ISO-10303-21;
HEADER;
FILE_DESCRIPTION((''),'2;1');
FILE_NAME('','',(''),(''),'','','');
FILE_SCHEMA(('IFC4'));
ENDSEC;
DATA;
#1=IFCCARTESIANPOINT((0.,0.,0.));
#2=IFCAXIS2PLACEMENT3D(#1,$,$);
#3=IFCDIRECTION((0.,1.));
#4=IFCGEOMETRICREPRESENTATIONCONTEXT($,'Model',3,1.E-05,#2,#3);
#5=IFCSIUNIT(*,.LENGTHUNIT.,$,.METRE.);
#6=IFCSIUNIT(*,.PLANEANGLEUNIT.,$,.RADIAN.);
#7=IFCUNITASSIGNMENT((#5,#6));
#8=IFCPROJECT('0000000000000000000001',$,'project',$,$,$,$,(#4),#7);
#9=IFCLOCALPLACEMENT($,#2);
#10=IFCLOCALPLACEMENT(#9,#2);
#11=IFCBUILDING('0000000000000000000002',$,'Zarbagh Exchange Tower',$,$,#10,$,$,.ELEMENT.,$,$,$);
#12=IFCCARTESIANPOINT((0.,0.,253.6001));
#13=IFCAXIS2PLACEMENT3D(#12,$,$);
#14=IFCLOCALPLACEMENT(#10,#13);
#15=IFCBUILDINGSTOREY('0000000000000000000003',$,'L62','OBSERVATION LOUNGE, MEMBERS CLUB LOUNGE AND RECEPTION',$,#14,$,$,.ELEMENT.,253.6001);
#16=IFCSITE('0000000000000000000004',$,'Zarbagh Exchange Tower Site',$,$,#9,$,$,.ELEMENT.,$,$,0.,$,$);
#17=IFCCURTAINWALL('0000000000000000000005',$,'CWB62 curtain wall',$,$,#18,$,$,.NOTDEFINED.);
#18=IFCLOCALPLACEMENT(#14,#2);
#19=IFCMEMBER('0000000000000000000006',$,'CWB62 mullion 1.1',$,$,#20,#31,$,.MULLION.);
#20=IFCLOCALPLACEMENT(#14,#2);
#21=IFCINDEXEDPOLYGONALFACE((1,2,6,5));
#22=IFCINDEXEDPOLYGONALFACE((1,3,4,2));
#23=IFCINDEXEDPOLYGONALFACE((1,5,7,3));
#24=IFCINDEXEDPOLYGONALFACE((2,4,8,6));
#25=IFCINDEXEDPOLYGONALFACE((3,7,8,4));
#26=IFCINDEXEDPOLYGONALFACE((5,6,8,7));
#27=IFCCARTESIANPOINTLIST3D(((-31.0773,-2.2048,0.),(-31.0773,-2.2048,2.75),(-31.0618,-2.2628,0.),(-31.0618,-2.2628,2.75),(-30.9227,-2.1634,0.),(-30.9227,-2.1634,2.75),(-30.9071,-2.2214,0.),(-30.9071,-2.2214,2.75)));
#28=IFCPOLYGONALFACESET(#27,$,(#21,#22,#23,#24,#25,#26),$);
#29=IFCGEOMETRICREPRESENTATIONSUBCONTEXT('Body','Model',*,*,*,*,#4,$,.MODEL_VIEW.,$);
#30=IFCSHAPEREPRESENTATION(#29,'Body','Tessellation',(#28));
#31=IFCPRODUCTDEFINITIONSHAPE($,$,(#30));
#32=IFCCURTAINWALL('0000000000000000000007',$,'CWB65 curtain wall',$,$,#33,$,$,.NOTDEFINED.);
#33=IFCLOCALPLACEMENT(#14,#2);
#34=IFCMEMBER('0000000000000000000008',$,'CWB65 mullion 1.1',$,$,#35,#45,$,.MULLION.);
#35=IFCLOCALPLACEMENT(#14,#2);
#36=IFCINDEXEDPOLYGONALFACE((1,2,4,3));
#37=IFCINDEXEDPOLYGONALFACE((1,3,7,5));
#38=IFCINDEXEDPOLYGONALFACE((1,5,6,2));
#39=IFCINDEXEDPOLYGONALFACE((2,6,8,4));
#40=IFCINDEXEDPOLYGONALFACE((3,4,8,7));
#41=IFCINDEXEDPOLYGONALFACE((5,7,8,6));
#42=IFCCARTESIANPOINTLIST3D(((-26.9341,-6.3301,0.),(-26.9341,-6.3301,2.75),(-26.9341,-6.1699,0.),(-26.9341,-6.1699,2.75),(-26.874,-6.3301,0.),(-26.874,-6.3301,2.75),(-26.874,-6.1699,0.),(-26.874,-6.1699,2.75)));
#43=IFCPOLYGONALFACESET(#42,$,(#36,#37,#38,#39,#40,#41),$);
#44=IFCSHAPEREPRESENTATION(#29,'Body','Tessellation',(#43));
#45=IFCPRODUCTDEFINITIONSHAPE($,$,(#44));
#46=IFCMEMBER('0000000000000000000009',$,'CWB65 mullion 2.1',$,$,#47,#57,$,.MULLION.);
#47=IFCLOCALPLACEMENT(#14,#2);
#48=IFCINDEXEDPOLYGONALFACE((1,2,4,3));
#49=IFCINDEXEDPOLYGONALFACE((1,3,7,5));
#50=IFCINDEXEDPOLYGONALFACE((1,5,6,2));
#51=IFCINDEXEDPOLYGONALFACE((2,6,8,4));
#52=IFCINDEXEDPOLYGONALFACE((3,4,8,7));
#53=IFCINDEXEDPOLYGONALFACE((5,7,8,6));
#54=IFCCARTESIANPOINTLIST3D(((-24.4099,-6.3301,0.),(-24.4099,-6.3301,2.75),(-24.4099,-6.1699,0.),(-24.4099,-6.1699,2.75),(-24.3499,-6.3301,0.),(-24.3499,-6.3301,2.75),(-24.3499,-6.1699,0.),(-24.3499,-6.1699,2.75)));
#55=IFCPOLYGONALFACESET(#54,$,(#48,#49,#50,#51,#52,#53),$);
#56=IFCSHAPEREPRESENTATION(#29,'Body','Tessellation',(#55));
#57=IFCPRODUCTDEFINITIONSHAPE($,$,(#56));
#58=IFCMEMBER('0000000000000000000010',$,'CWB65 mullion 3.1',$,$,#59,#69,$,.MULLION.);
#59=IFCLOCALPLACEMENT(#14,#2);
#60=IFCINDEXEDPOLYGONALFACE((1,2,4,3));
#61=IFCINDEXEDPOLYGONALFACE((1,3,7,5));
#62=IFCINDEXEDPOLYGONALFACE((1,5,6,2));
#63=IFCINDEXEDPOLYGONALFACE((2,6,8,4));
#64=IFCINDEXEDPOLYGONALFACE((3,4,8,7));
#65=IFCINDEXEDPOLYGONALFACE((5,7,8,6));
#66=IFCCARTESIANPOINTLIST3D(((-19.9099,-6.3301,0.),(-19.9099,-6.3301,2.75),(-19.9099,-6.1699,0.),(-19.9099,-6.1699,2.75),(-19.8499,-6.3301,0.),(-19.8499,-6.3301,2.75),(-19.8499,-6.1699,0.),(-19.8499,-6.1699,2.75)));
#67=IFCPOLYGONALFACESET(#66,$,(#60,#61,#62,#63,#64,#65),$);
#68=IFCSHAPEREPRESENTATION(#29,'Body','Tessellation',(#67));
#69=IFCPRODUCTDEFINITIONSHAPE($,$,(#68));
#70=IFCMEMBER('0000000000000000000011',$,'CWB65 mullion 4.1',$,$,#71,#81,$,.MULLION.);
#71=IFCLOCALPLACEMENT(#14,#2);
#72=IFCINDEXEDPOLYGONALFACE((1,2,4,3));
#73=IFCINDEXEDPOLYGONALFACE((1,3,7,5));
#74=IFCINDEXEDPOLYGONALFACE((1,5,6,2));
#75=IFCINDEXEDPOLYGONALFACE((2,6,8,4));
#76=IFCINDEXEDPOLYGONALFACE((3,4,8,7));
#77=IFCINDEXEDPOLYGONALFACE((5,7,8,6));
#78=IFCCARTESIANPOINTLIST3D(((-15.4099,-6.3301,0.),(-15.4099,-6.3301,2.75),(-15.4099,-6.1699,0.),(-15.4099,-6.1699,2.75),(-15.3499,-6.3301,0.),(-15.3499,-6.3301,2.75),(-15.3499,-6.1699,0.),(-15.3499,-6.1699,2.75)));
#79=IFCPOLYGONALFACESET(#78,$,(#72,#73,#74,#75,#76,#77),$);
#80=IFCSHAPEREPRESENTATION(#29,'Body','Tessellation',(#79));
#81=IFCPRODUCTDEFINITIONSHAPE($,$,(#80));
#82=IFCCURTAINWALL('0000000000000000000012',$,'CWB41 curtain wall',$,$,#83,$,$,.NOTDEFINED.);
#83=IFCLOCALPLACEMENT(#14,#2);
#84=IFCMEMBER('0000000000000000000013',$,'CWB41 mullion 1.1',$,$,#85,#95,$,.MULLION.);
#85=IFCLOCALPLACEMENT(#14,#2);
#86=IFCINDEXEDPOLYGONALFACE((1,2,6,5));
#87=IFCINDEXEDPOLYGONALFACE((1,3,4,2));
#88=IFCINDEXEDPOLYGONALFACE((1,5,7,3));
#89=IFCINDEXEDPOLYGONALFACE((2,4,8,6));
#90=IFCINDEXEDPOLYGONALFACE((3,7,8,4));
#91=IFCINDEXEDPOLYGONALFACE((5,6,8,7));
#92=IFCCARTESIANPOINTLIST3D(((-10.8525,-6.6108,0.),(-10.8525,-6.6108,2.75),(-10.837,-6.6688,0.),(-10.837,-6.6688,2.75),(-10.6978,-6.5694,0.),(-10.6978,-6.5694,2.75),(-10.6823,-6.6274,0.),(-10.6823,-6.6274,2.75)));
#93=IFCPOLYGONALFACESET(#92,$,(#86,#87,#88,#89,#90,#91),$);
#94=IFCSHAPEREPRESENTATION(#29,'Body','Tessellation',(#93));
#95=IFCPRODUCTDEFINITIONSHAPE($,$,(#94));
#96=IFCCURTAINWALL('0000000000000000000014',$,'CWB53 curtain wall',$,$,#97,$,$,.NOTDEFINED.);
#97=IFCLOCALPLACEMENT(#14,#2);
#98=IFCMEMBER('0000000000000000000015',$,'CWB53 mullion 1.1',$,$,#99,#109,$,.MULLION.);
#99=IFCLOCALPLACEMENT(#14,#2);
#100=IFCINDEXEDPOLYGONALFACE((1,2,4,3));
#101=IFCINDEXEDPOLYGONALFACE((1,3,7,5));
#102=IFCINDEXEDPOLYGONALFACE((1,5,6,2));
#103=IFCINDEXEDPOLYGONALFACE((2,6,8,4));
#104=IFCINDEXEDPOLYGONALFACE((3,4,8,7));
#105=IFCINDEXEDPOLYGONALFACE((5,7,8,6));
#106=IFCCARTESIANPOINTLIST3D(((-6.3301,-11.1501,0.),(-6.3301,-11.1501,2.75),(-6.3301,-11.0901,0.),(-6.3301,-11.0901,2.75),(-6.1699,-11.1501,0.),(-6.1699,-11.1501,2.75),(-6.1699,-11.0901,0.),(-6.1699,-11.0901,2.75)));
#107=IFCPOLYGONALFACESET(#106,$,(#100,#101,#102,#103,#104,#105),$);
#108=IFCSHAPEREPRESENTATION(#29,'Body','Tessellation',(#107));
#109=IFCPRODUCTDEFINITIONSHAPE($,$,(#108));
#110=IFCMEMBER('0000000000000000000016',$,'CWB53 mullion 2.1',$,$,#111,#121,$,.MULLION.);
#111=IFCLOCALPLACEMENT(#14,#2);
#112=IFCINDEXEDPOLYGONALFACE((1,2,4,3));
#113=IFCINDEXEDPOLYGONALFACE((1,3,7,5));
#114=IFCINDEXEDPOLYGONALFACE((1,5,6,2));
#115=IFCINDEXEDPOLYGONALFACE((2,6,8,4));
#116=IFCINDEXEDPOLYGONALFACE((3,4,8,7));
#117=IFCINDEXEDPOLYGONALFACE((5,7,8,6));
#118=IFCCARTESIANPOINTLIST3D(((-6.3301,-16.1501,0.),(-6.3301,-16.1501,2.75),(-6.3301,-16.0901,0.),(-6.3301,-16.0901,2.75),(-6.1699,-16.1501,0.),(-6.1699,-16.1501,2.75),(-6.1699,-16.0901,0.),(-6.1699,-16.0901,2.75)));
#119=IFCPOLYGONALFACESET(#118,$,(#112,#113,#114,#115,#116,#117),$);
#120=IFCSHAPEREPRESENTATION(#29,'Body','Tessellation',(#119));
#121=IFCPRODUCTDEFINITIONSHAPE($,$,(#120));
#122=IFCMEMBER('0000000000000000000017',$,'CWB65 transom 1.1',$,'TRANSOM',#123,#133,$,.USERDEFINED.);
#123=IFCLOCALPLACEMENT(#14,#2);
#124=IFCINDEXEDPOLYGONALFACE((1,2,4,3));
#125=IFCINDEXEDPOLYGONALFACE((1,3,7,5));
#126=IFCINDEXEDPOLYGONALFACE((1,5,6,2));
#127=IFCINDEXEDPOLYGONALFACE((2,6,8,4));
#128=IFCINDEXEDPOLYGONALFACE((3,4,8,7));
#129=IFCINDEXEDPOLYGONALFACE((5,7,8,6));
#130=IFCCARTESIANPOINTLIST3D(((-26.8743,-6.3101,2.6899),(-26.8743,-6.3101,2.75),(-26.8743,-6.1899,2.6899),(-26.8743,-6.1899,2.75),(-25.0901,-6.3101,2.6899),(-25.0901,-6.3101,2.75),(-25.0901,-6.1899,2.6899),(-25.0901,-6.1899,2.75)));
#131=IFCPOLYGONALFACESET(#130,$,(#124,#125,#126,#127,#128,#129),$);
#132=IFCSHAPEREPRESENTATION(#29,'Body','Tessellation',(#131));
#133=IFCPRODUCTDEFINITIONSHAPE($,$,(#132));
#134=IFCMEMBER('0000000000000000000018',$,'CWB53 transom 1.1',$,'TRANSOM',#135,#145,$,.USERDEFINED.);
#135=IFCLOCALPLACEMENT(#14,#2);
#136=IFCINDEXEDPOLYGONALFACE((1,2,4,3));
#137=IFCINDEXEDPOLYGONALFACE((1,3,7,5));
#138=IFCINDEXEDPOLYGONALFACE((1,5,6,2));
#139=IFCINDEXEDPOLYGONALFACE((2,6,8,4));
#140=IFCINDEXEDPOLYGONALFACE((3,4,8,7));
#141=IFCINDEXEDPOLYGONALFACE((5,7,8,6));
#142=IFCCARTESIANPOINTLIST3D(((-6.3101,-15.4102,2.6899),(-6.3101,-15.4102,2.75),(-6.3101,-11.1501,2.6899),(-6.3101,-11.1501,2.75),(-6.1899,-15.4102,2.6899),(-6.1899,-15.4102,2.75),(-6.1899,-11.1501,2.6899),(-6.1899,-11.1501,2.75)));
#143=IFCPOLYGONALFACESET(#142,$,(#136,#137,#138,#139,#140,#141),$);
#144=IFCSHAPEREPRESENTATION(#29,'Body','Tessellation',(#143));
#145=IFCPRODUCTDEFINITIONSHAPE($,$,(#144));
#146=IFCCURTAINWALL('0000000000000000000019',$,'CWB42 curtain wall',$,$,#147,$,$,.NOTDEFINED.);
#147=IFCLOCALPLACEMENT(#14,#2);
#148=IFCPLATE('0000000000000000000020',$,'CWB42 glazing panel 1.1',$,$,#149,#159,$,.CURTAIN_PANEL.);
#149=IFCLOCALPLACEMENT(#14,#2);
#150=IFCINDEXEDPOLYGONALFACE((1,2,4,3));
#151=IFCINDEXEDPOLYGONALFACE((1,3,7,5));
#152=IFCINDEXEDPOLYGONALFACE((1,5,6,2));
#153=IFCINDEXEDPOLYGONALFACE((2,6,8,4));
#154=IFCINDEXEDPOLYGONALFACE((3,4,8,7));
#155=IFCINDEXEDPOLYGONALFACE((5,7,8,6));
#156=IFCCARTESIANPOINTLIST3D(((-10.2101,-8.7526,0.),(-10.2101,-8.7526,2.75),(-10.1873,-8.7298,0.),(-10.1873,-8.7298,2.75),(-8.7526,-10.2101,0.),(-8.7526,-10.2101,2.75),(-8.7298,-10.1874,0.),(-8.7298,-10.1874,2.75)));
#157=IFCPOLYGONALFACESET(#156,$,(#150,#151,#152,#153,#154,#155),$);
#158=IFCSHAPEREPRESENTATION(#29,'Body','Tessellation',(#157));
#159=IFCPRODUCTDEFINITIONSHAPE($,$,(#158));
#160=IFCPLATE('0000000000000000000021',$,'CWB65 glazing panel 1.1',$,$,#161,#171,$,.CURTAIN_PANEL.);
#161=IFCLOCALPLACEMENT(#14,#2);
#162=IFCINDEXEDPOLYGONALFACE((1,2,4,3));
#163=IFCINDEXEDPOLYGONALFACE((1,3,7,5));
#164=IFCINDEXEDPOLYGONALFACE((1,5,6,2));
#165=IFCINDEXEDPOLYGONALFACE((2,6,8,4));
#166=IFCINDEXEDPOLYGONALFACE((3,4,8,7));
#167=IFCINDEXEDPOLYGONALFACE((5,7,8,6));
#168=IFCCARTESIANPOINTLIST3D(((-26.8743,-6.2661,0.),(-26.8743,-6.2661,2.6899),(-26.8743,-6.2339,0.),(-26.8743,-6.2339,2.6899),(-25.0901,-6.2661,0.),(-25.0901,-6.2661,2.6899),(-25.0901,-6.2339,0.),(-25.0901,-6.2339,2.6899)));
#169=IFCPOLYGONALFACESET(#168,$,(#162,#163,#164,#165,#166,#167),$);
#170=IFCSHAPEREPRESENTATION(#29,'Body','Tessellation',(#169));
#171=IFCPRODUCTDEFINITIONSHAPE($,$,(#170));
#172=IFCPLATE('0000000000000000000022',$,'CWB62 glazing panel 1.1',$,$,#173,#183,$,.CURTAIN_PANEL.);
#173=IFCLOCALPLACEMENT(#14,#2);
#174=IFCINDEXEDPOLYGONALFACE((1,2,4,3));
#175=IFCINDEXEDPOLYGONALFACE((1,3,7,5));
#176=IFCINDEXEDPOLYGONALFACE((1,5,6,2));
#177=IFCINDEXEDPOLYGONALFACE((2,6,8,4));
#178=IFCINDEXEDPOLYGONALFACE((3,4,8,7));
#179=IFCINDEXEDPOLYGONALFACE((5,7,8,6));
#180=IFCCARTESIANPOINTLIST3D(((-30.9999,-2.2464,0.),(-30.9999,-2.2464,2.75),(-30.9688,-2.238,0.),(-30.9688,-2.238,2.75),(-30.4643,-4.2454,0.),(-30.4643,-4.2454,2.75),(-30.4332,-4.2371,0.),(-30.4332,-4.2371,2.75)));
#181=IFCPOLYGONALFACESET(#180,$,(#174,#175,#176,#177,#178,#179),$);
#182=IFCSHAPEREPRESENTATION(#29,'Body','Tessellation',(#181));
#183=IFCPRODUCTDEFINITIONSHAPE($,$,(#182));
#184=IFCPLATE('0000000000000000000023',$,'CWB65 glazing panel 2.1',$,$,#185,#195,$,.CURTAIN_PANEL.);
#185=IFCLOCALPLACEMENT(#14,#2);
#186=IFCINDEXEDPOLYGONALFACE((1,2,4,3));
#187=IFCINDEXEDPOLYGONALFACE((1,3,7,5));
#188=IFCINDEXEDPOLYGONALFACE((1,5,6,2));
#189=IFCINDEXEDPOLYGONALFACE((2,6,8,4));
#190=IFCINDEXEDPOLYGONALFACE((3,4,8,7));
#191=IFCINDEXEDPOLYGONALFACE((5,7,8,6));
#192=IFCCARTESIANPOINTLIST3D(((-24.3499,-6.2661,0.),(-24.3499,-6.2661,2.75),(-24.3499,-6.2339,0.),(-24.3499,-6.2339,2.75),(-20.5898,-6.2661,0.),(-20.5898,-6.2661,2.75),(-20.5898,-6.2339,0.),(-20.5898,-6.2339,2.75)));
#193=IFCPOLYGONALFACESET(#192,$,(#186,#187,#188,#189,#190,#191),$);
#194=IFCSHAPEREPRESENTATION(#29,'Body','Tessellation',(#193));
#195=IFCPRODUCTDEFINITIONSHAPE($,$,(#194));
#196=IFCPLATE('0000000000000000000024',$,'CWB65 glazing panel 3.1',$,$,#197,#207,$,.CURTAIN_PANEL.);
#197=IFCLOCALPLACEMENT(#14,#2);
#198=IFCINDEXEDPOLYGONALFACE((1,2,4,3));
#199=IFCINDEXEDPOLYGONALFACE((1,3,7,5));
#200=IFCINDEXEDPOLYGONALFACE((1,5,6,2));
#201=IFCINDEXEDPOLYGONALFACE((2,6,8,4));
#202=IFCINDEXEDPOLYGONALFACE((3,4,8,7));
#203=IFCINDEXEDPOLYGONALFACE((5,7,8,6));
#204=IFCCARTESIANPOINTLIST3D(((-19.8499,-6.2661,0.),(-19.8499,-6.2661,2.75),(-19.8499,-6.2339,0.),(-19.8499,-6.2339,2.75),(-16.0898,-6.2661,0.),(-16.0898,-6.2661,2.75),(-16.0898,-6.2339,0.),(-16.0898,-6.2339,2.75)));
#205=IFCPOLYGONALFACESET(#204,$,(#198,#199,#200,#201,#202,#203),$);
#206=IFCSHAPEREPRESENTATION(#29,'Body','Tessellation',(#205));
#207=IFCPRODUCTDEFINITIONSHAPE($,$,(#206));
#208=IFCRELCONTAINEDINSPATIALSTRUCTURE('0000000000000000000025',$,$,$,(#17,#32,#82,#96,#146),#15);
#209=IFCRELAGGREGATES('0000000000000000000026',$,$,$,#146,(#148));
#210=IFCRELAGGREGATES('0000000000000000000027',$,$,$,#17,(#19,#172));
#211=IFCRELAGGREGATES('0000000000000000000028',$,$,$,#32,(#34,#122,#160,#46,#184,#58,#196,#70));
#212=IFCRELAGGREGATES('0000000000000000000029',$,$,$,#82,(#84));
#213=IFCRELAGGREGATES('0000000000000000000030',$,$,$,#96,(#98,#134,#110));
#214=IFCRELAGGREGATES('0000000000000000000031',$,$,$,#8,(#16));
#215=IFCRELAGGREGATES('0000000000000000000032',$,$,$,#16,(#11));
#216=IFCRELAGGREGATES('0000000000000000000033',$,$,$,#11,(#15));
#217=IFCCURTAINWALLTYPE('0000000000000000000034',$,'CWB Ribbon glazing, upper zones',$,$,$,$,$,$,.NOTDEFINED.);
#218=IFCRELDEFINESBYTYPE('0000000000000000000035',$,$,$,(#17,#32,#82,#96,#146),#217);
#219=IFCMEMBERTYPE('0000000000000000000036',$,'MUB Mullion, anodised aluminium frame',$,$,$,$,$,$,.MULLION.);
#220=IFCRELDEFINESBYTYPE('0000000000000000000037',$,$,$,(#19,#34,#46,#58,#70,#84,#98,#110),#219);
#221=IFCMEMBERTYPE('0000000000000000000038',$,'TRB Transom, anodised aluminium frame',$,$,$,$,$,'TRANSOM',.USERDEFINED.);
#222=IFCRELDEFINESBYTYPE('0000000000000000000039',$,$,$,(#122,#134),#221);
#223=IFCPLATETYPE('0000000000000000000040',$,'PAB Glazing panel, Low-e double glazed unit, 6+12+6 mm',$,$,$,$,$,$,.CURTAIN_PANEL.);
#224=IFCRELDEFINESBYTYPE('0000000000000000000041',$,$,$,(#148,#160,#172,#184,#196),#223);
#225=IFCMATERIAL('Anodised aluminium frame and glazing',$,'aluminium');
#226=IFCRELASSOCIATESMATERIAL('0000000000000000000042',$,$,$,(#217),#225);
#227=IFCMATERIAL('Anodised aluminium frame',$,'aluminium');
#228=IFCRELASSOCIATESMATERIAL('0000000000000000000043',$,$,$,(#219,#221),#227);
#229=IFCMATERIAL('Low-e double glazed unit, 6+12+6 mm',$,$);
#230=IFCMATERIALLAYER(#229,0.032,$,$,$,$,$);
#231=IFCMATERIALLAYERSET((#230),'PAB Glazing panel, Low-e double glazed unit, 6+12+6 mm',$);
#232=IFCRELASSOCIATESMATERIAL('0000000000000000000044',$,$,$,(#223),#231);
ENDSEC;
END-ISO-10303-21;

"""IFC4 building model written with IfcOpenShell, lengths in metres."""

from ifc_helpers import new_model, si_unit, direction, frame, origin, place, context, subcontext, project, spatial, polyline, outline, extrude, source, transform, mapped, material, layer, layer_set, type_object, element, aggregate, save


model = new_model("IFC4")

# Units and contexts
model_context = context("Model", 3, precision=1e-05, world=origin(), true_north=direction((0.0, 1.0)))
body_context = subcontext(model_context, "Body", "Model", "MODEL_VIEW")
ifc_project = project(units=[si_unit("LENGTHUNIT", "METRE"), si_unit("PLANEANGLEUNIT", "RADIAN")], contexts=[model_context])

# Site, building, storey
site_placement = place(None, origin())
site = spatial("IfcSite", under=ifc_project, at=site_placement, Name="Zarbagh Exchange Tower Site", CompositionType="ELEMENT", RefElevation=0.0)
building_placement = place(site_placement, origin())
building = spatial("IfcBuilding", under=site, at=building_placement, Name="Zarbagh Exchange Tower", CompositionType="ELEMENT")
storey_placement = place(building_placement, frame((0.0, 0.0, 253.6001)))
storey = spatial("IfcBuildingStorey", under=building, at=storey_placement, Name="L62", Description="OBSERVATION LOUNGE, MEMBERS CLUB LOUNGE AND RECEPTION", CompositionType="ELEMENT", Elevation=253.6001)

# Curtain wall, member
ifc_material_1 = material(Name="Anodised aluminium frame and glazing", Category="aluminium")
curtain_wall_type = type_object("IfcCurtainWallType", Name="CWB Ribbon glazing, upper zones", PredefinedType="NOTDEFINED", material=ifc_material_1)
curtain_wall_1_placement = place(storey_placement, origin())
curtain_wall_1 = element("IfcCurtainWall", 1, at=curtain_wall_1_placement, inside=storey, type_object=curtain_wall_type, Name="CWB62 curtain wall", PredefinedType="NOTDEFINED")
ifc_material_2 = material(Name="Anodised aluminium frame", Category="aluminium")
member_type_1 = type_object("IfcMemberType", Name="MUB Mullion, anodised aluminium frame", PredefinedType="MULLION", material=ifc_material_2)
shared_shape_1 = source(origin(), body_context, "Body", "SweptSolid", [
    extrude(outline(polyline([(0.0, -0.0801), (0.0601, -0.0801), (0.0601, 0.0801), (0.0, 0.0801), (0.0, -0.0801)])), origin(), (0.0, 0.0, 1.0), 2.75),
])
placement = place(storey_placement, origin())
member_1 = element("IfcMember", 2, at=placement, type_object=member_type_1, Name="CWB62 mullion 1.1", PredefinedType="MULLION", context=body_context, shape_type="MappedRepresentation", body=[
    mapped(shared_shape_1, transform((-31.0, -2.1841, 0.0), x_axis=(0.258825, -0.965924, 0.0), y_axis=(0.965924, 0.258825, 0.0), z_axis=(0.0, 0.0, 1.0))),
])

# Curtain wall, members
curtain_wall_2_placement = place(storey_placement, origin())
curtain_wall_2 = element("IfcCurtainWall", 3, at=curtain_wall_2_placement, inside=storey, type_object=curtain_wall_type, Name="CWB65 curtain wall", PredefinedType="NOTDEFINED")
member_2 = element("IfcMember", 4, at=placement, type_object=member_type_1, Name="CWB65 mullion 1.1", PredefinedType="MULLION", context=body_context, shape_type="MappedRepresentation", body=[
    mapped(shared_shape_1, transform((-26.9341, -6.25, 0.0), x_axis=(1.0, 0.0, 0.0), y_axis=(0.0, 1.0, 0.0), z_axis=(0.0, 0.0, 1.0))),
])
member_3 = element("IfcMember", 5, at=placement, type_object=member_type_1, Name="CWB65 mullion 2.1", PredefinedType="MULLION", context=body_context, shape_type="MappedRepresentation", body=[
    mapped(shared_shape_1, transform((-24.4099, -6.25, 0.0), x_axis=(1.0, 0.0, 0.0), y_axis=(0.0, 1.0, 0.0), z_axis=(0.0, 0.0, 1.0))),
])
member_4 = element("IfcMember", 6, at=placement, type_object=member_type_1, Name="CWB65 mullion 3.1", PredefinedType="MULLION", context=body_context, shape_type="MappedRepresentation", body=[
    mapped(shared_shape_1, transform((-19.9099, -6.25, 0.0), x_axis=(1.0, 0.0, 0.0), y_axis=(0.0, 1.0, 0.0), z_axis=(0.0, 0.0, 1.0))),
])
member_5 = element("IfcMember", 7, at=placement, type_object=member_type_1, Name="CWB65 mullion 4.1", PredefinedType="MULLION", context=body_context, shape_type="MappedRepresentation", body=[
    mapped(shared_shape_1, transform((-15.4099, -6.25, 0.0), x_axis=(1.0, 0.0, 0.0), y_axis=(0.0, 1.0, 0.0), z_axis=(0.0, 0.0, 1.0))),
])

# Curtain wall, member
curtain_wall_3_placement = place(storey_placement, origin())
curtain_wall_3 = element("IfcCurtainWall", 8, at=curtain_wall_3_placement, inside=storey, type_object=curtain_wall_type, Name="CWB41 curtain wall", PredefinedType="NOTDEFINED")
member_6 = element("IfcMember", 9, at=placement, type_object=member_type_1, Name="CWB41 mullion 1.1", PredefinedType="MULLION", context=body_context, shape_type="MappedRepresentation", body=[
    mapped(shared_shape_1, transform((-10.7751, -6.5901, 0.0), x_axis=(0.258825, -0.965924, 0.0), y_axis=(0.965924, 0.258825, 0.0), z_axis=(0.0, 0.0, 1.0))),
])

# Curtain wall, members
curtain_wall_4_placement = place(storey_placement, origin())
curtain_wall_4 = element("IfcCurtainWall", 10, at=curtain_wall_4_placement, inside=storey, type_object=curtain_wall_type, Name="CWB53 curtain wall", PredefinedType="NOTDEFINED")
member_7 = element("IfcMember", 11, at=placement, type_object=member_type_1, Name="CWB53 mullion 1.1", PredefinedType="MULLION", context=body_context, shape_type="MappedRepresentation", body=[
    mapped(shared_shape_1, transform((-6.25, -11.0901, 0.0), x_axis=(0.0, -1.0, 0.0), y_axis=(1.0, 0.0, 0.0), z_axis=(0.0, 0.0, 1.0))),
])
member_8 = element("IfcMember", 12, at=placement, type_object=member_type_1, Name="CWB53 mullion 2.1", PredefinedType="MULLION", context=body_context, shape_type="MappedRepresentation", body=[
    mapped(shared_shape_1, transform((-6.25, -16.0901, 0.0), x_axis=(0.0, -1.0, 0.0), y_axis=(1.0, 0.0, 0.0), z_axis=(0.0, 0.0, 1.0))),
])

# Members
member_type_2 = type_object("IfcMemberType", Name="TRB Transom, anodised aluminium frame", ElementType="TRANSOM", PredefinedType="USERDEFINED", material=ifc_material_2)
shared_shape_2 = source(origin(), body_context, "Body", "SweptSolid", [
    extrude(outline(polyline([(-0.0601, -0.0601), (0.0, -0.0601), (0.0, 0.0601), (-0.0601, 0.0601), (-0.0601, -0.0601)])), origin(), (0.0, 0.0, 1.0), 1.7842),
])
member_9 = element("IfcMember", 13, at=placement, type_object=member_type_2, Name="CWB65 transom 1.1", ObjectType="TRANSOM", PredefinedType="USERDEFINED", context=body_context, shape_type="MappedRepresentation", body=[
    mapped(shared_shape_2, transform((-26.8743, -6.25, 2.75), x_axis=(0.0, 0.0, 1.0), y_axis=(0.0, -1.0, 0.0), z_axis=(1.0, 0.0, 0.0))),
])
shared_shape_3 = source(origin(), body_context, "Body", "SweptSolid", [
    extrude(outline(polyline([(-0.0601, -0.0601), (0.0, -0.0601), (0.0, 0.0601), (-0.0601, 0.0601), (-0.0601, -0.0601)])), origin(), (0.0, 0.0, 1.0), 4.26),
])
member_10 = element("IfcMember", 14, at=placement, type_object=member_type_2, Name="CWB53 transom 1.1", ObjectType="TRANSOM", PredefinedType="USERDEFINED", context=body_context, shape_type="MappedRepresentation", body=[
    mapped(shared_shape_3, transform((-6.25, -11.1501, 2.75), x_axis=(0.0, 0.0, 1.0), y_axis=(-1.0, 0.0, 0.0), z_axis=(0.0, -1.0, 0.0))),
])

# Curtain wall, plate
curtain_wall_5_placement = place(storey_placement, origin())
curtain_wall_5 = element("IfcCurtainWall", 15, at=curtain_wall_5_placement, inside=storey, type_object=curtain_wall_type, Name="CWB42 curtain wall", PredefinedType="NOTDEFINED")
ifc_material_3 = material(Name="Low-e double glazed unit, 6+12+6 mm")
ifc_layer = layer(ifc_material_3, 0.032)
ifc_layer_set = layer_set([ifc_layer], Name="PAB Glazing panel, Low-e double glazed unit, 6+12+6 mm")
plate_type = type_object("IfcPlateType", Name="PAB Glazing panel, Low-e double glazed unit, 6+12+6 mm", PredefinedType="CURTAIN_PANEL", material=ifc_layer_set)
shared_shape_4 = source(origin(), body_context, "Body", "SweptSolid", [
    extrude(outline(polyline([(0.0, -0.0161), (2.0613, -0.0161), (2.0613, 0.0161), (0.0, 0.0161), (0.0, -0.0161)])), origin(), (0.0, 0.0, 1.0), 2.75),
])
plate_1 = element("IfcPlate", 16, at=placement, type_object=plate_type, Name="CWB42 glazing panel 1.1", PredefinedType="CURTAIN_PANEL", context=body_context, shape_type="MappedRepresentation", body=[
    mapped(shared_shape_4, transform((-10.1987, -8.7412, 0.0), x_axis=(0.707107, -0.707107, 0.0), y_axis=(0.707107, 0.707107, 0.0), z_axis=(0.0, 0.0, 1.0))),
])
aggregate(curtain_wall_5, [plate_1])

# Plates
shared_shape_5 = source(origin(), body_context, "Body", "SweptSolid", [
    extrude(outline(polyline([(0.0, -0.0161), (1.7842, -0.0161), (1.7842, 0.0161), (0.0, 0.0161), (0.0, -0.0161)])), origin(), (0.0, 0.0, 1.0), 2.6899),
])
plate_2 = element("IfcPlate", 17, at=placement, type_object=plate_type, Name="CWB65 glazing panel 1.1", PredefinedType="CURTAIN_PANEL", context=body_context, shape_type="MappedRepresentation", body=[
    mapped(shared_shape_5, transform((-26.8743, -6.25, 0.0), x_axis=(1.0, 0.0, 0.0), y_axis=(0.0, 1.0, 0.0), z_axis=(0.0, 0.0, 1.0))),
])
shared_shape_6 = source(origin(), body_context, "Body", "SweptSolid", [
    extrude(outline(polyline([(0.0, -0.0161), (2.0696, -0.0161), (2.0696, 0.0161), (0.0, 0.0161), (0.0, -0.0161)])), origin(), (0.0, 0.0, 1.0), 2.75),
])
plate_3 = element("IfcPlate", 18, at=placement, type_object=plate_type, Name="CWB62 glazing panel 1.1", PredefinedType="CURTAIN_PANEL", context=body_context, shape_type="MappedRepresentation", body=[
    mapped(shared_shape_6, transform((-30.9844, -2.2422, 0.0), x_axis=(0.258825, -0.965924, 0.0), y_axis=(0.965924, 0.258825, 0.0), z_axis=(0.0, 0.0, 1.0))),
])
aggregate(curtain_wall_1, [member_1, plate_3])
shared_shape_7 = source(origin(), body_context, "Body", "SweptSolid", [
    extrude(outline(polyline([(0.0, -0.0161), (3.76, -0.0161), (3.76, 0.0161), (0.0, 0.0161), (0.0, -0.0161)])), origin(), (0.0, 0.0, 1.0), 2.75),
])
plate_4 = element("IfcPlate", 19, at=placement, type_object=plate_type, Name="CWB65 glazing panel 2.1", PredefinedType="CURTAIN_PANEL", context=body_context, shape_type="MappedRepresentation", body=[
    mapped(shared_shape_7, transform((-24.3499, -6.25, 0.0), x_axis=(1.0, 0.0, 0.0), y_axis=(0.0, 1.0, 0.0), z_axis=(0.0, 0.0, 1.0))),
])
plate_5 = element("IfcPlate", 20, at=placement, type_object=plate_type, Name="CWB65 glazing panel 3.1", PredefinedType="CURTAIN_PANEL", context=body_context, shape_type="MappedRepresentation", body=[
    mapped(shared_shape_7, transform((-19.8499, -6.25, 0.0), x_axis=(1.0, 0.0, 0.0), y_axis=(0.0, 1.0, 0.0), z_axis=(0.0, 0.0, 1.0))),
])
aggregate(curtain_wall_2, [member_2, member_9, plate_2, member_3, plate_4, member_4, plate_5, member_5])
aggregate(curtain_wall_3, [member_6])

aggregate(curtain_wall_4, [member_7, member_10, member_8])

save(model, "model.ifc")
